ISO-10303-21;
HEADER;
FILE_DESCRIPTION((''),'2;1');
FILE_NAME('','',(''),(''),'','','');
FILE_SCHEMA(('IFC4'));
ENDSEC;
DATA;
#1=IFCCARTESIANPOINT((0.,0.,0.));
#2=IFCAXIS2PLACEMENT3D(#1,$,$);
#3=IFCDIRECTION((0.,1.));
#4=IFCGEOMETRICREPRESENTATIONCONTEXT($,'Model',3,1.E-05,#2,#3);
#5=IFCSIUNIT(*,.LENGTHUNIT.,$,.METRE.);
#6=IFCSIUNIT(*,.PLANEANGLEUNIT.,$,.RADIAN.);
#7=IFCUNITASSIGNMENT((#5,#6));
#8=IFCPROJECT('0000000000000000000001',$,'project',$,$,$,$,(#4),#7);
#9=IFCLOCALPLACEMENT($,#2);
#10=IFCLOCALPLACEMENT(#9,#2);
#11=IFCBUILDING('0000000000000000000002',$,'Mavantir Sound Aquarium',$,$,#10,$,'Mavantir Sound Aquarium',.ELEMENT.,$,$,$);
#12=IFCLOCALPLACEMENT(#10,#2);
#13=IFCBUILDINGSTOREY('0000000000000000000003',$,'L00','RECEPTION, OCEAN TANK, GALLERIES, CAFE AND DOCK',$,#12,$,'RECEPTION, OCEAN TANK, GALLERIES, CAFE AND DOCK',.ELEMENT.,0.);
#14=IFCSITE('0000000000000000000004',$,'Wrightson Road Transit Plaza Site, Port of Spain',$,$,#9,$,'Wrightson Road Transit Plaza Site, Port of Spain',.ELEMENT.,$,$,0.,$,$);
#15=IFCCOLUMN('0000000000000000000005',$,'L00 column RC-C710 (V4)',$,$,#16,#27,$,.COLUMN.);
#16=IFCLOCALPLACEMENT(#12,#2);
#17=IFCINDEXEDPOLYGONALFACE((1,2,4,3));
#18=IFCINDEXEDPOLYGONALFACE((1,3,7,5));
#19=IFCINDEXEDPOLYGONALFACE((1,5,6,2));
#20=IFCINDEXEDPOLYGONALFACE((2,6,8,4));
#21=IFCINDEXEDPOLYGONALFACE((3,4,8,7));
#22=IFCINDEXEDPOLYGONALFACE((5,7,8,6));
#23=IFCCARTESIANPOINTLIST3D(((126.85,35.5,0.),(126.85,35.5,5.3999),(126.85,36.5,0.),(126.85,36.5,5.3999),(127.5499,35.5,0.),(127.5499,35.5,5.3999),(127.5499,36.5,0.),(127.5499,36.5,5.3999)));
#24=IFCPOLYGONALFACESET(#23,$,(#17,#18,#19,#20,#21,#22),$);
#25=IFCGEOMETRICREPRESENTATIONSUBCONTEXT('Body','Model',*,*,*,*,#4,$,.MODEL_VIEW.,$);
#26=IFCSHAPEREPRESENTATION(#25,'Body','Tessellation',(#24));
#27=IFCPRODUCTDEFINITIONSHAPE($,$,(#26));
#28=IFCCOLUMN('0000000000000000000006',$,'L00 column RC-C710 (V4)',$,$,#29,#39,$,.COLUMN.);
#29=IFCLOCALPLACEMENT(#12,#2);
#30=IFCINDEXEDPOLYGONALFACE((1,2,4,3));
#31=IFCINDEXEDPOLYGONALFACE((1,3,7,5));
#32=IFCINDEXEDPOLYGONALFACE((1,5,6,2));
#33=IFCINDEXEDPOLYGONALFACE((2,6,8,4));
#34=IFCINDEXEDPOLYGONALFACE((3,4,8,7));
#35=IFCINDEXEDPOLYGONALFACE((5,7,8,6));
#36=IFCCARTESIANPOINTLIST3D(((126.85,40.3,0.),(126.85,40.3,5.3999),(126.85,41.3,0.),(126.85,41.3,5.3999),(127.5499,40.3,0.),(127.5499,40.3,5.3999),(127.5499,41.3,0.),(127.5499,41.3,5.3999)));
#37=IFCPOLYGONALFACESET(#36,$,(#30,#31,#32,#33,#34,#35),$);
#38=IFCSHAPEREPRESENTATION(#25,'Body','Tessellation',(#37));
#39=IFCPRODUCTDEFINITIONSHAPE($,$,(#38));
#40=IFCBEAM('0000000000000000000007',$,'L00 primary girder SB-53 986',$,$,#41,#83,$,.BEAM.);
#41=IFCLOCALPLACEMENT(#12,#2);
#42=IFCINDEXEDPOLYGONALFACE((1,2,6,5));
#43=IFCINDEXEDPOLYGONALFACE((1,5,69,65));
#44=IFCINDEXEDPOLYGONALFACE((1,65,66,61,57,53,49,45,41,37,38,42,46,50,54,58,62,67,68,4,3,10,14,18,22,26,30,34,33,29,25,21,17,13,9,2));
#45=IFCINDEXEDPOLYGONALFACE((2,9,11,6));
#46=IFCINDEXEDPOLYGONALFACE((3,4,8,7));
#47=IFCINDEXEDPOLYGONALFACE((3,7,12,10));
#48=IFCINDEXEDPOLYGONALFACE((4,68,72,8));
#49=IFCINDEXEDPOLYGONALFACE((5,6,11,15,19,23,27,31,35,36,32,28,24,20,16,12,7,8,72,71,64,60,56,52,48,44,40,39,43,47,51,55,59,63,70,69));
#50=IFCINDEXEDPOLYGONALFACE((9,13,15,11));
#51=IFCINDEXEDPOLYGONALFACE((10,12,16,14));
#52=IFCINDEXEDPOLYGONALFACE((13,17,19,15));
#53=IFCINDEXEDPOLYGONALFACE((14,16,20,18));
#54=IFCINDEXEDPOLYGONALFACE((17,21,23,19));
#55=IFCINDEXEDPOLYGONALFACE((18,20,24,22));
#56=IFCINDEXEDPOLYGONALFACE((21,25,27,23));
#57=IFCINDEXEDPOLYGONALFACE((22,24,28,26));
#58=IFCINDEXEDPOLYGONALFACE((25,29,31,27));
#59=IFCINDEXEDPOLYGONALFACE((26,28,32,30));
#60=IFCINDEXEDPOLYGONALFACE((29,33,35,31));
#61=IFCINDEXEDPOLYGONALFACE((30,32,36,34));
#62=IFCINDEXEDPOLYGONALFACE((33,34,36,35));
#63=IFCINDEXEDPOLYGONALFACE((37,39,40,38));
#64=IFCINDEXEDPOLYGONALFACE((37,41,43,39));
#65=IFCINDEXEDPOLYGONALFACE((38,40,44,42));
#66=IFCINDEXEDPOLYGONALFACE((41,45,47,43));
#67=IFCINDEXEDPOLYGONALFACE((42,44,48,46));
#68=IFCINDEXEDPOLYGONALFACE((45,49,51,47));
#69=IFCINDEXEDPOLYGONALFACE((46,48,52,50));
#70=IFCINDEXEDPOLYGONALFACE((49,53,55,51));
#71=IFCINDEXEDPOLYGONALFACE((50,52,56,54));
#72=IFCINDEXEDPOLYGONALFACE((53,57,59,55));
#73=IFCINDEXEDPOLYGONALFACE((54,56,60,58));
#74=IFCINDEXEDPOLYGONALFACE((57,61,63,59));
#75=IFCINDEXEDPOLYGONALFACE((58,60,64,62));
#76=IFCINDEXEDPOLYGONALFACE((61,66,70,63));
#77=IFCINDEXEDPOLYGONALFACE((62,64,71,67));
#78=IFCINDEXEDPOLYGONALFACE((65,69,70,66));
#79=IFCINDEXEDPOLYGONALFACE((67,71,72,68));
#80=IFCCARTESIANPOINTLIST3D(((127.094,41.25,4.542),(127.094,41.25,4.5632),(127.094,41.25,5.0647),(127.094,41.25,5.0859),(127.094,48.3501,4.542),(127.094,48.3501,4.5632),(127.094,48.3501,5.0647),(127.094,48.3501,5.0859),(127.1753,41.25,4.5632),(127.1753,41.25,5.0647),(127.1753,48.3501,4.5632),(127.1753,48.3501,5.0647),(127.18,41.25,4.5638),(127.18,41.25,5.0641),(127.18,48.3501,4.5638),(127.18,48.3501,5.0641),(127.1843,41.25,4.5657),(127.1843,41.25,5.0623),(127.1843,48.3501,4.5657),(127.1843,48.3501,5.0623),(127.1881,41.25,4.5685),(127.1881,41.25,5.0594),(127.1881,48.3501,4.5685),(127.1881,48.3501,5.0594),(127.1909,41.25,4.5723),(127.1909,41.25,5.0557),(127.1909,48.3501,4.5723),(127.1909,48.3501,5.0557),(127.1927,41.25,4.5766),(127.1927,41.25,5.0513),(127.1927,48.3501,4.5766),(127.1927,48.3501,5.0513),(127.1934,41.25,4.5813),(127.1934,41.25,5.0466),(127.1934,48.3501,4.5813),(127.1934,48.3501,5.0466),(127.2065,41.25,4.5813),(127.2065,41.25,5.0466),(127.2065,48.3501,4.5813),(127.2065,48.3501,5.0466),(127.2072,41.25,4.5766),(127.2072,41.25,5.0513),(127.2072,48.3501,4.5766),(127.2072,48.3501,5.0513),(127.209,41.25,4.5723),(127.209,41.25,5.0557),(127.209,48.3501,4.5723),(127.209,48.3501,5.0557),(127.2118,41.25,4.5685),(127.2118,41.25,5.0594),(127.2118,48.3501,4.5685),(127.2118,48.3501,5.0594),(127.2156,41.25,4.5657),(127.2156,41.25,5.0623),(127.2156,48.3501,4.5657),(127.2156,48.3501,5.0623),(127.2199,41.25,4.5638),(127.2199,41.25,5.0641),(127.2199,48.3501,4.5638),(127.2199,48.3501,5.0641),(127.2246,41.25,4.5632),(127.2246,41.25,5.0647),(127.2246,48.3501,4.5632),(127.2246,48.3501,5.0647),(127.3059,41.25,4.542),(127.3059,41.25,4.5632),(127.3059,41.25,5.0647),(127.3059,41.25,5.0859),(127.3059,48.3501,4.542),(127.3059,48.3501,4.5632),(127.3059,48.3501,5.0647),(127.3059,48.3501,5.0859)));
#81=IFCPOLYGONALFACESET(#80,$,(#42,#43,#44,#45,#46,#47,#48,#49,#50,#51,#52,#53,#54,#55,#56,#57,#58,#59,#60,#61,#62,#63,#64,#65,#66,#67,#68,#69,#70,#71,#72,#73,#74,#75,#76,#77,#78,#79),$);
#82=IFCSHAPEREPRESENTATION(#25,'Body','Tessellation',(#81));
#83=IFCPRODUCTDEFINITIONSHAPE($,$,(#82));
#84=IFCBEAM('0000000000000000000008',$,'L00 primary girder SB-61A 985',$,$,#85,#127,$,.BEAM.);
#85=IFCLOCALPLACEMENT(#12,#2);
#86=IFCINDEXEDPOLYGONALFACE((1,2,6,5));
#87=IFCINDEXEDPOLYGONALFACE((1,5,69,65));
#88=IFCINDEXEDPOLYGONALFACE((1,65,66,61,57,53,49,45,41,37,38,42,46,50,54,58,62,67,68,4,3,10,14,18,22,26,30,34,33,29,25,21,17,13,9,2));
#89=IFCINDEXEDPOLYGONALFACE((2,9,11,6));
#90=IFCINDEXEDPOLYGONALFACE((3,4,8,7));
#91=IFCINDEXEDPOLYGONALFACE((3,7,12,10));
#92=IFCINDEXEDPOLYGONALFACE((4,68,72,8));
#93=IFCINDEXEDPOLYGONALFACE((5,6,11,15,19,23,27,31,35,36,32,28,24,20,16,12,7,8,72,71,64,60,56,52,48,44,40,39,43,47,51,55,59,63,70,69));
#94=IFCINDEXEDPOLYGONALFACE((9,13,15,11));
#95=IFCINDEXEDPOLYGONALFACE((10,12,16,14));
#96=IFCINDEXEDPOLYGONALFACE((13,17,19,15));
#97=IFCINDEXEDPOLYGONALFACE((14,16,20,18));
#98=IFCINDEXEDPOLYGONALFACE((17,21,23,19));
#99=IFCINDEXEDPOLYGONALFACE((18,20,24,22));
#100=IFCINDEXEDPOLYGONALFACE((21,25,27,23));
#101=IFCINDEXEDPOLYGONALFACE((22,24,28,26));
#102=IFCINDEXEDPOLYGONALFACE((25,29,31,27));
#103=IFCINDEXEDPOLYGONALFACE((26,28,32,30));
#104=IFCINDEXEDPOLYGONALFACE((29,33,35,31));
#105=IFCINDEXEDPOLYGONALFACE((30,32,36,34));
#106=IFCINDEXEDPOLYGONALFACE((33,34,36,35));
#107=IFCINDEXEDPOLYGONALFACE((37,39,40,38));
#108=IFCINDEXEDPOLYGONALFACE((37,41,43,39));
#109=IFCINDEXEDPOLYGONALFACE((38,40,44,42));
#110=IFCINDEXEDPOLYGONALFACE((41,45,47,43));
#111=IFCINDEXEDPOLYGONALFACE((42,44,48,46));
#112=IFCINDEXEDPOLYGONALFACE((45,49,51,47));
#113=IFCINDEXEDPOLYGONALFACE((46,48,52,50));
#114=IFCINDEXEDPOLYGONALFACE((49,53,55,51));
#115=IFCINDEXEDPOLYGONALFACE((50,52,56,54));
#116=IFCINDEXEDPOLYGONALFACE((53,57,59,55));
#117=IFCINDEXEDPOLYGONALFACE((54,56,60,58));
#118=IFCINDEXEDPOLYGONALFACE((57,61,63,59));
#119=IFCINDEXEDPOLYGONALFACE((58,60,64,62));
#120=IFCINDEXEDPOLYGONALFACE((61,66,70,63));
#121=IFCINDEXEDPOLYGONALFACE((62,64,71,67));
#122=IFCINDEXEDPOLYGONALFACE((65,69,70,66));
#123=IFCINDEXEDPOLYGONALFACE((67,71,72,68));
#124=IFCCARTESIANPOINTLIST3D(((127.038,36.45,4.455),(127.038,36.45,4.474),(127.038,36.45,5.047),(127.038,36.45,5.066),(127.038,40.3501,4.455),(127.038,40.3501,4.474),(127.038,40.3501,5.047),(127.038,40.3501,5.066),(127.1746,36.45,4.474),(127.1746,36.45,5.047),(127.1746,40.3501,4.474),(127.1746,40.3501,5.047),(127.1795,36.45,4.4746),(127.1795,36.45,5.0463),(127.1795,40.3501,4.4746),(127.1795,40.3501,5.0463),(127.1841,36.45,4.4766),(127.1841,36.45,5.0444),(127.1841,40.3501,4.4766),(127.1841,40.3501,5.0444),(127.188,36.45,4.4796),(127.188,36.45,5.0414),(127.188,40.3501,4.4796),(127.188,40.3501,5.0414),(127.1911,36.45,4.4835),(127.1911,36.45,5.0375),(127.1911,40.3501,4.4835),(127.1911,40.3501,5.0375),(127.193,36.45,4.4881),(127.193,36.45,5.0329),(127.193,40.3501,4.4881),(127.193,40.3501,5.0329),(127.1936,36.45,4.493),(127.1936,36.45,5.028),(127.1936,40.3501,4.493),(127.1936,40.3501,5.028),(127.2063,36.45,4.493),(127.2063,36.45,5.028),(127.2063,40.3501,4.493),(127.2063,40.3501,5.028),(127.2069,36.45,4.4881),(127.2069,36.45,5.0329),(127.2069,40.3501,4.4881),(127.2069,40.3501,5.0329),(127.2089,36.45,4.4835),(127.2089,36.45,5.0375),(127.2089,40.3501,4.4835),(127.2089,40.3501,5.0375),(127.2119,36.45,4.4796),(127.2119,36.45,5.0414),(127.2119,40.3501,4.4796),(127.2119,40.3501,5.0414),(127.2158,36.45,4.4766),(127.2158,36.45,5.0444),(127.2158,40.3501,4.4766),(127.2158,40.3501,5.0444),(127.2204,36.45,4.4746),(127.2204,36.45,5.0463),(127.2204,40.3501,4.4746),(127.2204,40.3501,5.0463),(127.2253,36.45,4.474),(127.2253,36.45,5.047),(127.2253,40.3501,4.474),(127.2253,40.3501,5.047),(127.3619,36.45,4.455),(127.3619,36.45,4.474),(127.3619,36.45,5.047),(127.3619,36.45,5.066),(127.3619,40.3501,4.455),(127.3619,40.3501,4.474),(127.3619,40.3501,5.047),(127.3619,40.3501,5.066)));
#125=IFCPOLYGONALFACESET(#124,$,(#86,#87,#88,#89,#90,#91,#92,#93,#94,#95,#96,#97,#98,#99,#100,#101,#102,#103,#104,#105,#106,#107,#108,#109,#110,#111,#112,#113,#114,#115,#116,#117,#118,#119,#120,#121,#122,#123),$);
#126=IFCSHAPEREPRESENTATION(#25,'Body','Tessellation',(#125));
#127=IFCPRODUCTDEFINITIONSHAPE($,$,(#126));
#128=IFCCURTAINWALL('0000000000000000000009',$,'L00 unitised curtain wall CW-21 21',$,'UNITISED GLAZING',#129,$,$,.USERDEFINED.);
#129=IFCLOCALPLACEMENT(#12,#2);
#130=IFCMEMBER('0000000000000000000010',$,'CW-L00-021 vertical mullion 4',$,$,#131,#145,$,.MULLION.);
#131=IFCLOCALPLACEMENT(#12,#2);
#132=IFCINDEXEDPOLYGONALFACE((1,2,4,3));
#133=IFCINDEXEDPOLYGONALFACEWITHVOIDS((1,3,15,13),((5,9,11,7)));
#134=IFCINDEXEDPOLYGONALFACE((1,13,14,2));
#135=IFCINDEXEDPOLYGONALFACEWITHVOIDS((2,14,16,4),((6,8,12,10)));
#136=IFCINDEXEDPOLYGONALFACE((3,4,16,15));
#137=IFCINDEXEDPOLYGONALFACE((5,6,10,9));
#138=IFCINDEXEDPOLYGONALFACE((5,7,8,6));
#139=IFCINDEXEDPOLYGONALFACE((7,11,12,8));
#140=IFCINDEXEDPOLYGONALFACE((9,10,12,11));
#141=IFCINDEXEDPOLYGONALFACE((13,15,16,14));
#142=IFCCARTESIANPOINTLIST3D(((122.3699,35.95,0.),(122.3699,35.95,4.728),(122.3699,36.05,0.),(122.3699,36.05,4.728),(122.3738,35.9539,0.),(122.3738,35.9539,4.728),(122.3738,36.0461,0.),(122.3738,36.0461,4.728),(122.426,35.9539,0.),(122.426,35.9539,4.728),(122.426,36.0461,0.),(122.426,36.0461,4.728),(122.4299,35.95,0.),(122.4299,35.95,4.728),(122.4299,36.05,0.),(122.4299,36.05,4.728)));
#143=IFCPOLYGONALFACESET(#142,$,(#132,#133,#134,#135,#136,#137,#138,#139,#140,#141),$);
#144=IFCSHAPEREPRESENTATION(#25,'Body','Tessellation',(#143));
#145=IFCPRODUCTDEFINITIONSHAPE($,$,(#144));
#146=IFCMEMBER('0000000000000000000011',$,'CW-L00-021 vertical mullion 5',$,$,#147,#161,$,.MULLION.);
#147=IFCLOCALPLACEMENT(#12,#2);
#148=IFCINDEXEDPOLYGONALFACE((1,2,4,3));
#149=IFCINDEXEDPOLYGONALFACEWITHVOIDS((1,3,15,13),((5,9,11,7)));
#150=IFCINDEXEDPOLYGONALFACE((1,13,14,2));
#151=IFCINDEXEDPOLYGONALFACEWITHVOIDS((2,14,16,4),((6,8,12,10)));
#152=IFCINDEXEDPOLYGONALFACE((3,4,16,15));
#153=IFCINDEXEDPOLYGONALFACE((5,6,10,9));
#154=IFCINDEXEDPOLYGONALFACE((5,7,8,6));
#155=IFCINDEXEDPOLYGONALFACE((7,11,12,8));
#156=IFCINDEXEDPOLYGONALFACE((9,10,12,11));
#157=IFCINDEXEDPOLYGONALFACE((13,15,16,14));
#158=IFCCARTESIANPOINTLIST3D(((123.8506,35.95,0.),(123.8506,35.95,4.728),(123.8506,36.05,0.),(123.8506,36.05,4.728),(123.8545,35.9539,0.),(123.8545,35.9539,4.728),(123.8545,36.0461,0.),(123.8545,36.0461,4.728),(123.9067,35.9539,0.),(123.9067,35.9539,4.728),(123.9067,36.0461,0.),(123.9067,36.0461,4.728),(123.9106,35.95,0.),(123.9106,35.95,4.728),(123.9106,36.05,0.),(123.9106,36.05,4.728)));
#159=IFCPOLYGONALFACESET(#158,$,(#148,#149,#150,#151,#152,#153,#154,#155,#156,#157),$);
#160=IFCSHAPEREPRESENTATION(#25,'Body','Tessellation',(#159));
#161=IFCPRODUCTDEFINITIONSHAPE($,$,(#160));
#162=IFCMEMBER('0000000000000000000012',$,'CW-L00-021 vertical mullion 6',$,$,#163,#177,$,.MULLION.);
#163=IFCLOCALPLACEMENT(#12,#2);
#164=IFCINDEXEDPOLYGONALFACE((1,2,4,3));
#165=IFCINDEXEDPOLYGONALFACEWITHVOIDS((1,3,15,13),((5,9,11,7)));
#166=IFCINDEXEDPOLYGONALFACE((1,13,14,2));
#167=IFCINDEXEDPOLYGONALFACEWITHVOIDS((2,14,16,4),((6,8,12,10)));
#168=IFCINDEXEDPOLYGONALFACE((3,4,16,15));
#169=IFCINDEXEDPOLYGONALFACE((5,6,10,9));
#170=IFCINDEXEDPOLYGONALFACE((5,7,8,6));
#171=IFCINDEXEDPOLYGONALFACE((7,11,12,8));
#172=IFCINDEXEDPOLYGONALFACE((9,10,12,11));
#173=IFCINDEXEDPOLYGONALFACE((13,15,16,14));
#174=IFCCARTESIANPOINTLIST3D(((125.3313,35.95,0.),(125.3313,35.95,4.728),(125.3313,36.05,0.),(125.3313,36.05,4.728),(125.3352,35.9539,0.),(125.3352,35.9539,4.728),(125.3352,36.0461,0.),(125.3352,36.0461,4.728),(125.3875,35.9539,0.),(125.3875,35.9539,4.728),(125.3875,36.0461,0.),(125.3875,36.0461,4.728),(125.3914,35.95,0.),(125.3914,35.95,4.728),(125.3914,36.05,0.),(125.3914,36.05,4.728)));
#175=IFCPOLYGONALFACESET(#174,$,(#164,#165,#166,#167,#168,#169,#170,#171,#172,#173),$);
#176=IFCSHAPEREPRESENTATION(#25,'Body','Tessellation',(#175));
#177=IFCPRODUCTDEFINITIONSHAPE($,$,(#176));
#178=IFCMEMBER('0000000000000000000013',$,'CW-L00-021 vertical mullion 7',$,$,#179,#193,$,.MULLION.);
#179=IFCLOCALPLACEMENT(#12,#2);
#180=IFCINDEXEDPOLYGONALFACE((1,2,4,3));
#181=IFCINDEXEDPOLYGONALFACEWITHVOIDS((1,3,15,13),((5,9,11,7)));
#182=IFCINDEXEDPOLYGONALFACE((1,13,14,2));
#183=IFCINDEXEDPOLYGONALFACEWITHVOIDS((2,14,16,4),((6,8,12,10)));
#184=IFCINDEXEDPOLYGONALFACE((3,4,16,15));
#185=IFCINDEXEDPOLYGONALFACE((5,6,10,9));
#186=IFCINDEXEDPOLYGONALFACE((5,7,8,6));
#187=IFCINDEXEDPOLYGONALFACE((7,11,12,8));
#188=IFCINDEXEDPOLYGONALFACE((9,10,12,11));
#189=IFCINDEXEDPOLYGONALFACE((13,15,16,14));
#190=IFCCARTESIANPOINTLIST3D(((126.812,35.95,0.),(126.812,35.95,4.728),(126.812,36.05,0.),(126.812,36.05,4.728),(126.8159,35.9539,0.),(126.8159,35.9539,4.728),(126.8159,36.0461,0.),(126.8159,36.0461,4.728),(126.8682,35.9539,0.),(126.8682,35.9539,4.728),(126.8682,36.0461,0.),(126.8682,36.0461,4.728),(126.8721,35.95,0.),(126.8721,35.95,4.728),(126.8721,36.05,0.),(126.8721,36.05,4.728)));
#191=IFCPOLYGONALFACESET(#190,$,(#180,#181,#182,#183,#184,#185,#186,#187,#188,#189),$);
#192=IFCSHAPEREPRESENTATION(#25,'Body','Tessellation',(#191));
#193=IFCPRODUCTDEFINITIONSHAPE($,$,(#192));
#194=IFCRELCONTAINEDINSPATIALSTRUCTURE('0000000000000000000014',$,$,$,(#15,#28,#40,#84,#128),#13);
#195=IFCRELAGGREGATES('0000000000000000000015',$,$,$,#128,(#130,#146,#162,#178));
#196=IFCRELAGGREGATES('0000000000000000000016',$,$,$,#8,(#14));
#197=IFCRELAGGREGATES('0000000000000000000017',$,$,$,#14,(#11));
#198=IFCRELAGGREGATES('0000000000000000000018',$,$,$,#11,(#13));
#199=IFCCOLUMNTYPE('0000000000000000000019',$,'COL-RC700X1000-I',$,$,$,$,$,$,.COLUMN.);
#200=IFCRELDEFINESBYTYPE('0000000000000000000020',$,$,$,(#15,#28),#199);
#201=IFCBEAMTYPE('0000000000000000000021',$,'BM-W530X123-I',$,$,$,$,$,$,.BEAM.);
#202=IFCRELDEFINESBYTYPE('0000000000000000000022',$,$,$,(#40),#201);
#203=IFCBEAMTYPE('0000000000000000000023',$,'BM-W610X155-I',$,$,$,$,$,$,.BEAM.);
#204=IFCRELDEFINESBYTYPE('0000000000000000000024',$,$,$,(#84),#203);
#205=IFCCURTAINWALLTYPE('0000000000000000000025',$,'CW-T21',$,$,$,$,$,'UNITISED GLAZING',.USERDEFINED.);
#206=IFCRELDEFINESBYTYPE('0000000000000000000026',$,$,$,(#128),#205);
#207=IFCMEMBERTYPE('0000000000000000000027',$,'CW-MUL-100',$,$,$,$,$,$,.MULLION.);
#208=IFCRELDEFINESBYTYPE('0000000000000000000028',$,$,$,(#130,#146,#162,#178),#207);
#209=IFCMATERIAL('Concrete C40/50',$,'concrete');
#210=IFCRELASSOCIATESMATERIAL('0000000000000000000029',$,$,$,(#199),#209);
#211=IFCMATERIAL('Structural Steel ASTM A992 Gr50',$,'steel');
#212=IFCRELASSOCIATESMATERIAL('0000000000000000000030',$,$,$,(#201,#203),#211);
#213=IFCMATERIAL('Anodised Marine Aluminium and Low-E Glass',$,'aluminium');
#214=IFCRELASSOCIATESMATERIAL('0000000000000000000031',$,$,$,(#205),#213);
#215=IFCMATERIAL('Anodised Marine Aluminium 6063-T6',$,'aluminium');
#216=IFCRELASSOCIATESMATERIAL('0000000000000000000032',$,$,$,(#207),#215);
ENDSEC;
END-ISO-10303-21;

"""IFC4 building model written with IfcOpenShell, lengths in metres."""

from ifc_helpers import new_model, si_unit, direction, frame, origin, origin_2d, place, context, subcontext, project, spatial, rectangle, hollow_rectangle, i_section, extrude, material, material_profile, profile_set, type_object, element, aggregate, save


model = new_model("IFC4")

# Units and contexts
model_context = context("Model", 3, precision=1e-05, world=origin(), true_north=direction((0.0, 1.0)))
body_context = subcontext(model_context, "Body", "Model", "MODEL_VIEW")
ifc_project = project(units=[si_unit("LENGTHUNIT", "METRE"), si_unit("PLANEANGLEUNIT", "RADIAN")], contexts=[model_context])

# Site, building, storey
site_placement = place(None, origin())
site = spatial("IfcSite", under=ifc_project, at=site_placement, Name="Wrightson Road Transit Plaza Site, Port of Spain", LongName="Wrightson Road Transit Plaza Site, Port of Spain", CompositionType="ELEMENT", RefElevation=0.0)
building_placement = place(site_placement, origin())
building = spatial("IfcBuilding", under=site, at=building_placement, Name="Mavantir Sound Aquarium", LongName="Mavantir Sound Aquarium", CompositionType="ELEMENT")
storey_placement = place(building_placement, origin())
storey = spatial("IfcBuildingStorey", under=building, at=storey_placement, Name="L00", Description="RECEPTION, OCEAN TANK, GALLERIES, CAFE AND DOCK", LongName="RECEPTION, OCEAN TANK, GALLERIES, CAFE AND DOCK", CompositionType="ELEMENT", Elevation=0.0)

# Columns
ifc_material_1 = material(Name="Concrete C40/50", Category="concrete")
ifc_material_profile_1 = material_profile(ifc_material_1, rectangle(XDim=0.7, YDim=1.0, at=origin_2d()), Name="RC 700X1000")
ifc_profile_set_1 = profile_set([ifc_material_profile_1], Name="Concrete C40/50")
column_type = type_object("IfcColumnType", Name="COL-RC700X1000-I", PredefinedType="COLUMN", material=ifc_profile_set_1)
for number, where, z_axis, x_axis, name in (
    (1, (127.2, 36.0, 0.0), (0.0, 0.0, 1.0), (1.0, 0.0, 0.0), "L00 column RC-C710 (V4)"),
    (2, (127.2, 40.8, 0.0), (0.0, 0.0, 1.0), (1.0, 0.0, 0.0), "L00 column RC-C710 (V4)"),
):
    element("IfcColumn", number, at=place(storey_placement, frame(where, z_axis=z_axis, x_axis=x_axis)), inside=storey, type_object=column_type, Name=name, PredefinedType="COLUMN", context=body_context, shape_type="SweptSolid", body=[
        extrude(rectangle(XDim=0.7, YDim=1.0, at=origin_2d()), origin(), (0.0, 0.0, 1.0), 5.3999),
    ])

# Beams
ifc_material_2 = material(Name="Structural Steel ASTM A992 Gr50", Category="steel")
ifc_material_profile_2 = material_profile(ifc_material_2, i_section(OverallWidth=0.2119, OverallDepth=0.5439, WebThickness=0.0132, FlangeThickness=0.0212, FilletRadius=0.0181, at=origin_2d()), Name="W530X123")
ifc_profile_set_2 = profile_set([ifc_material_profile_2], Name="Structural Steel ASTM A992 Gr50")
beam_type_1 = type_object("IfcBeamType", Name="BM-W530X123-I", PredefinedType="BEAM", material=ifc_profile_set_2)
beam_1_placement = place(storey_placement, frame((127.2, 41.25, 4.814), z_axis=(0.0, 1.0, 0.0), x_axis=(-1.0, 0.0, 0.0)))
element("IfcBeam", 3, at=beam_1_placement, inside=storey, type_object=beam_type_1, Name="L00 primary girder SB-53 986", PredefinedType="BEAM", context=body_context, shape_type="SweptSolid", body=[
    extrude(i_section(OverallWidth=0.2119, OverallDepth=0.5439, WebThickness=0.0132, FlangeThickness=0.0212, FilletRadius=0.0181, at=origin_2d()), origin(), (0.0, 0.0, 1.0), 7.1001),
])
ifc_material_profile_3 = material_profile(ifc_material_2, i_section(OverallWidth=0.324, OverallDepth=0.6111, WebThickness=0.0127, FlangeThickness=0.019, FilletRadius=0.019, at=origin_2d()), Name="W610X155")
ifc_profile_set_3 = profile_set([ifc_material_profile_3], Name="Structural Steel ASTM A992 Gr50")
beam_type_2 = type_object("IfcBeamType", Name="BM-W610X155-I", PredefinedType="BEAM", material=ifc_profile_set_3)
beam_2_placement = place(storey_placement, frame((127.2, 36.45, 4.7605), z_axis=(0.0, 1.0, 0.0), x_axis=(-1.0, 0.0, 0.0)))
element("IfcBeam", 4, at=beam_2_placement, inside=storey, type_object=beam_type_2, Name="L00 primary girder SB-61A 985", PredefinedType="BEAM", context=body_context, shape_type="SweptSolid", body=[
    extrude(i_section(OverallWidth=0.324, OverallDepth=0.6111, WebThickness=0.0127, FlangeThickness=0.019, FilletRadius=0.019, at=origin_2d()), origin(), (0.0, 0.0, 1.0), 3.9001),
])

# Curtain wall, members
ifc_material_3 = material(Name="Anodised Marine Aluminium and Low-E Glass", Category="aluminium")
curtain_wall_type = type_object("IfcCurtainWallType", Name="CW-T21", ElementType="UNITISED GLAZING", PredefinedType="USERDEFINED", material=ifc_material_3)
curtain_wall_placement = place(storey_placement, origin())
curtain_wall = element("IfcCurtainWall", 5, at=curtain_wall_placement, inside=storey, type_object=curtain_wall_type, Name="L00 unitised curtain wall CW-21 21", ObjectType="UNITISED GLAZING", PredefinedType="USERDEFINED")
ifc_material_4 = material(Name="Anodised Marine Aluminium 6063-T6", Category="aluminium")
ifc_material_profile_4 = material_profile(ifc_material_4, hollow_rectangle(XDim=0.0601, YDim=0.1001, WallThickness=0.0039, at=origin_2d()), Name="ALU-MULLION-100X60")
ifc_profile_set_4 = profile_set([ifc_material_profile_4], Name="Anodised Marine Aluminium 6063-T6")
member_type_1 = type_object("IfcMemberType", Name="CW-MUL-100", PredefinedType="MULLION", material=ifc_profile_set_4)
member_1_placement = place(storey_placement, frame((122.3999, 36.0, 0.0), z_axis=(0.0, 0.0, 1.0), x_axis=(1.0, 0.0, 0.0)))
member_1 = element("IfcMember", 6, at=member_1_placement, type_object=member_type_1, Name="CW-L00-021 vertical mullion 4", PredefinedType="MULLION", context=body_context, shape_type="SweptSolid", body=[
    extrude(hollow_rectangle(XDim=0.0601, YDim=0.1001, WallThickness=0.0039, at=origin_2d()), origin(), (0.0, 0.0, 1.0), 4.728),
])
member_2_placement = place(storey_placement, frame((123.8806, 36.0, 0.0), z_axis=(0.0, 0.0, 1.0), x_axis=(1.0, 0.0, 0.0)))
member_2 = element("IfcMember", 7, at=member_2_placement, type_object=member_type_1, Name="CW-L00-021 vertical mullion 5", PredefinedType="MULLION", context=body_context, shape_type="SweptSolid", body=[
    extrude(hollow_rectangle(XDim=0.0601, YDim=0.1001, WallThickness=0.0039, at=origin_2d()), origin(), (0.0, 0.0, 1.0), 4.728),
])
member_3_placement = place(storey_placement, frame((125.3613, 36.0, 0.0), z_axis=(0.0, 0.0, 1.0), x_axis=(1.0, 0.0, 0.0)))
member_3 = element("IfcMember", 8, at=member_3_placement, type_object=member_type_1, Name="CW-L00-021 vertical mullion 6", PredefinedType="MULLION", context=body_context, shape_type="SweptSolid", body=[
    extrude(hollow_rectangle(XDim=0.0601, YDim=0.1001, WallThickness=0.0039, at=origin_2d()), origin(), (0.0, 0.0, 1.0), 4.728),
])
member_4_placement = place(storey_placement, frame((126.842, 36.0, 0.0), z_axis=(0.0, 0.0, 1.0), x_axis=(1.0, 0.0, 0.0)))
member_4 = element("IfcMember", 9, at=member_4_placement, type_object=member_type_1, Name="CW-L00-021 vertical mullion 7", PredefinedType="MULLION", context=body_context, shape_type="SweptSolid", body=[
    extrude(hollow_rectangle(XDim=0.0601, YDim=0.1001, WallThickness=0.0039, at=origin_2d()), origin(), (0.0, 0.0, 1.0), 4.728),
])
aggregate(curtain_wall, [member_1, member_2, member_3, member_4])

save(model, "model.ifc")
